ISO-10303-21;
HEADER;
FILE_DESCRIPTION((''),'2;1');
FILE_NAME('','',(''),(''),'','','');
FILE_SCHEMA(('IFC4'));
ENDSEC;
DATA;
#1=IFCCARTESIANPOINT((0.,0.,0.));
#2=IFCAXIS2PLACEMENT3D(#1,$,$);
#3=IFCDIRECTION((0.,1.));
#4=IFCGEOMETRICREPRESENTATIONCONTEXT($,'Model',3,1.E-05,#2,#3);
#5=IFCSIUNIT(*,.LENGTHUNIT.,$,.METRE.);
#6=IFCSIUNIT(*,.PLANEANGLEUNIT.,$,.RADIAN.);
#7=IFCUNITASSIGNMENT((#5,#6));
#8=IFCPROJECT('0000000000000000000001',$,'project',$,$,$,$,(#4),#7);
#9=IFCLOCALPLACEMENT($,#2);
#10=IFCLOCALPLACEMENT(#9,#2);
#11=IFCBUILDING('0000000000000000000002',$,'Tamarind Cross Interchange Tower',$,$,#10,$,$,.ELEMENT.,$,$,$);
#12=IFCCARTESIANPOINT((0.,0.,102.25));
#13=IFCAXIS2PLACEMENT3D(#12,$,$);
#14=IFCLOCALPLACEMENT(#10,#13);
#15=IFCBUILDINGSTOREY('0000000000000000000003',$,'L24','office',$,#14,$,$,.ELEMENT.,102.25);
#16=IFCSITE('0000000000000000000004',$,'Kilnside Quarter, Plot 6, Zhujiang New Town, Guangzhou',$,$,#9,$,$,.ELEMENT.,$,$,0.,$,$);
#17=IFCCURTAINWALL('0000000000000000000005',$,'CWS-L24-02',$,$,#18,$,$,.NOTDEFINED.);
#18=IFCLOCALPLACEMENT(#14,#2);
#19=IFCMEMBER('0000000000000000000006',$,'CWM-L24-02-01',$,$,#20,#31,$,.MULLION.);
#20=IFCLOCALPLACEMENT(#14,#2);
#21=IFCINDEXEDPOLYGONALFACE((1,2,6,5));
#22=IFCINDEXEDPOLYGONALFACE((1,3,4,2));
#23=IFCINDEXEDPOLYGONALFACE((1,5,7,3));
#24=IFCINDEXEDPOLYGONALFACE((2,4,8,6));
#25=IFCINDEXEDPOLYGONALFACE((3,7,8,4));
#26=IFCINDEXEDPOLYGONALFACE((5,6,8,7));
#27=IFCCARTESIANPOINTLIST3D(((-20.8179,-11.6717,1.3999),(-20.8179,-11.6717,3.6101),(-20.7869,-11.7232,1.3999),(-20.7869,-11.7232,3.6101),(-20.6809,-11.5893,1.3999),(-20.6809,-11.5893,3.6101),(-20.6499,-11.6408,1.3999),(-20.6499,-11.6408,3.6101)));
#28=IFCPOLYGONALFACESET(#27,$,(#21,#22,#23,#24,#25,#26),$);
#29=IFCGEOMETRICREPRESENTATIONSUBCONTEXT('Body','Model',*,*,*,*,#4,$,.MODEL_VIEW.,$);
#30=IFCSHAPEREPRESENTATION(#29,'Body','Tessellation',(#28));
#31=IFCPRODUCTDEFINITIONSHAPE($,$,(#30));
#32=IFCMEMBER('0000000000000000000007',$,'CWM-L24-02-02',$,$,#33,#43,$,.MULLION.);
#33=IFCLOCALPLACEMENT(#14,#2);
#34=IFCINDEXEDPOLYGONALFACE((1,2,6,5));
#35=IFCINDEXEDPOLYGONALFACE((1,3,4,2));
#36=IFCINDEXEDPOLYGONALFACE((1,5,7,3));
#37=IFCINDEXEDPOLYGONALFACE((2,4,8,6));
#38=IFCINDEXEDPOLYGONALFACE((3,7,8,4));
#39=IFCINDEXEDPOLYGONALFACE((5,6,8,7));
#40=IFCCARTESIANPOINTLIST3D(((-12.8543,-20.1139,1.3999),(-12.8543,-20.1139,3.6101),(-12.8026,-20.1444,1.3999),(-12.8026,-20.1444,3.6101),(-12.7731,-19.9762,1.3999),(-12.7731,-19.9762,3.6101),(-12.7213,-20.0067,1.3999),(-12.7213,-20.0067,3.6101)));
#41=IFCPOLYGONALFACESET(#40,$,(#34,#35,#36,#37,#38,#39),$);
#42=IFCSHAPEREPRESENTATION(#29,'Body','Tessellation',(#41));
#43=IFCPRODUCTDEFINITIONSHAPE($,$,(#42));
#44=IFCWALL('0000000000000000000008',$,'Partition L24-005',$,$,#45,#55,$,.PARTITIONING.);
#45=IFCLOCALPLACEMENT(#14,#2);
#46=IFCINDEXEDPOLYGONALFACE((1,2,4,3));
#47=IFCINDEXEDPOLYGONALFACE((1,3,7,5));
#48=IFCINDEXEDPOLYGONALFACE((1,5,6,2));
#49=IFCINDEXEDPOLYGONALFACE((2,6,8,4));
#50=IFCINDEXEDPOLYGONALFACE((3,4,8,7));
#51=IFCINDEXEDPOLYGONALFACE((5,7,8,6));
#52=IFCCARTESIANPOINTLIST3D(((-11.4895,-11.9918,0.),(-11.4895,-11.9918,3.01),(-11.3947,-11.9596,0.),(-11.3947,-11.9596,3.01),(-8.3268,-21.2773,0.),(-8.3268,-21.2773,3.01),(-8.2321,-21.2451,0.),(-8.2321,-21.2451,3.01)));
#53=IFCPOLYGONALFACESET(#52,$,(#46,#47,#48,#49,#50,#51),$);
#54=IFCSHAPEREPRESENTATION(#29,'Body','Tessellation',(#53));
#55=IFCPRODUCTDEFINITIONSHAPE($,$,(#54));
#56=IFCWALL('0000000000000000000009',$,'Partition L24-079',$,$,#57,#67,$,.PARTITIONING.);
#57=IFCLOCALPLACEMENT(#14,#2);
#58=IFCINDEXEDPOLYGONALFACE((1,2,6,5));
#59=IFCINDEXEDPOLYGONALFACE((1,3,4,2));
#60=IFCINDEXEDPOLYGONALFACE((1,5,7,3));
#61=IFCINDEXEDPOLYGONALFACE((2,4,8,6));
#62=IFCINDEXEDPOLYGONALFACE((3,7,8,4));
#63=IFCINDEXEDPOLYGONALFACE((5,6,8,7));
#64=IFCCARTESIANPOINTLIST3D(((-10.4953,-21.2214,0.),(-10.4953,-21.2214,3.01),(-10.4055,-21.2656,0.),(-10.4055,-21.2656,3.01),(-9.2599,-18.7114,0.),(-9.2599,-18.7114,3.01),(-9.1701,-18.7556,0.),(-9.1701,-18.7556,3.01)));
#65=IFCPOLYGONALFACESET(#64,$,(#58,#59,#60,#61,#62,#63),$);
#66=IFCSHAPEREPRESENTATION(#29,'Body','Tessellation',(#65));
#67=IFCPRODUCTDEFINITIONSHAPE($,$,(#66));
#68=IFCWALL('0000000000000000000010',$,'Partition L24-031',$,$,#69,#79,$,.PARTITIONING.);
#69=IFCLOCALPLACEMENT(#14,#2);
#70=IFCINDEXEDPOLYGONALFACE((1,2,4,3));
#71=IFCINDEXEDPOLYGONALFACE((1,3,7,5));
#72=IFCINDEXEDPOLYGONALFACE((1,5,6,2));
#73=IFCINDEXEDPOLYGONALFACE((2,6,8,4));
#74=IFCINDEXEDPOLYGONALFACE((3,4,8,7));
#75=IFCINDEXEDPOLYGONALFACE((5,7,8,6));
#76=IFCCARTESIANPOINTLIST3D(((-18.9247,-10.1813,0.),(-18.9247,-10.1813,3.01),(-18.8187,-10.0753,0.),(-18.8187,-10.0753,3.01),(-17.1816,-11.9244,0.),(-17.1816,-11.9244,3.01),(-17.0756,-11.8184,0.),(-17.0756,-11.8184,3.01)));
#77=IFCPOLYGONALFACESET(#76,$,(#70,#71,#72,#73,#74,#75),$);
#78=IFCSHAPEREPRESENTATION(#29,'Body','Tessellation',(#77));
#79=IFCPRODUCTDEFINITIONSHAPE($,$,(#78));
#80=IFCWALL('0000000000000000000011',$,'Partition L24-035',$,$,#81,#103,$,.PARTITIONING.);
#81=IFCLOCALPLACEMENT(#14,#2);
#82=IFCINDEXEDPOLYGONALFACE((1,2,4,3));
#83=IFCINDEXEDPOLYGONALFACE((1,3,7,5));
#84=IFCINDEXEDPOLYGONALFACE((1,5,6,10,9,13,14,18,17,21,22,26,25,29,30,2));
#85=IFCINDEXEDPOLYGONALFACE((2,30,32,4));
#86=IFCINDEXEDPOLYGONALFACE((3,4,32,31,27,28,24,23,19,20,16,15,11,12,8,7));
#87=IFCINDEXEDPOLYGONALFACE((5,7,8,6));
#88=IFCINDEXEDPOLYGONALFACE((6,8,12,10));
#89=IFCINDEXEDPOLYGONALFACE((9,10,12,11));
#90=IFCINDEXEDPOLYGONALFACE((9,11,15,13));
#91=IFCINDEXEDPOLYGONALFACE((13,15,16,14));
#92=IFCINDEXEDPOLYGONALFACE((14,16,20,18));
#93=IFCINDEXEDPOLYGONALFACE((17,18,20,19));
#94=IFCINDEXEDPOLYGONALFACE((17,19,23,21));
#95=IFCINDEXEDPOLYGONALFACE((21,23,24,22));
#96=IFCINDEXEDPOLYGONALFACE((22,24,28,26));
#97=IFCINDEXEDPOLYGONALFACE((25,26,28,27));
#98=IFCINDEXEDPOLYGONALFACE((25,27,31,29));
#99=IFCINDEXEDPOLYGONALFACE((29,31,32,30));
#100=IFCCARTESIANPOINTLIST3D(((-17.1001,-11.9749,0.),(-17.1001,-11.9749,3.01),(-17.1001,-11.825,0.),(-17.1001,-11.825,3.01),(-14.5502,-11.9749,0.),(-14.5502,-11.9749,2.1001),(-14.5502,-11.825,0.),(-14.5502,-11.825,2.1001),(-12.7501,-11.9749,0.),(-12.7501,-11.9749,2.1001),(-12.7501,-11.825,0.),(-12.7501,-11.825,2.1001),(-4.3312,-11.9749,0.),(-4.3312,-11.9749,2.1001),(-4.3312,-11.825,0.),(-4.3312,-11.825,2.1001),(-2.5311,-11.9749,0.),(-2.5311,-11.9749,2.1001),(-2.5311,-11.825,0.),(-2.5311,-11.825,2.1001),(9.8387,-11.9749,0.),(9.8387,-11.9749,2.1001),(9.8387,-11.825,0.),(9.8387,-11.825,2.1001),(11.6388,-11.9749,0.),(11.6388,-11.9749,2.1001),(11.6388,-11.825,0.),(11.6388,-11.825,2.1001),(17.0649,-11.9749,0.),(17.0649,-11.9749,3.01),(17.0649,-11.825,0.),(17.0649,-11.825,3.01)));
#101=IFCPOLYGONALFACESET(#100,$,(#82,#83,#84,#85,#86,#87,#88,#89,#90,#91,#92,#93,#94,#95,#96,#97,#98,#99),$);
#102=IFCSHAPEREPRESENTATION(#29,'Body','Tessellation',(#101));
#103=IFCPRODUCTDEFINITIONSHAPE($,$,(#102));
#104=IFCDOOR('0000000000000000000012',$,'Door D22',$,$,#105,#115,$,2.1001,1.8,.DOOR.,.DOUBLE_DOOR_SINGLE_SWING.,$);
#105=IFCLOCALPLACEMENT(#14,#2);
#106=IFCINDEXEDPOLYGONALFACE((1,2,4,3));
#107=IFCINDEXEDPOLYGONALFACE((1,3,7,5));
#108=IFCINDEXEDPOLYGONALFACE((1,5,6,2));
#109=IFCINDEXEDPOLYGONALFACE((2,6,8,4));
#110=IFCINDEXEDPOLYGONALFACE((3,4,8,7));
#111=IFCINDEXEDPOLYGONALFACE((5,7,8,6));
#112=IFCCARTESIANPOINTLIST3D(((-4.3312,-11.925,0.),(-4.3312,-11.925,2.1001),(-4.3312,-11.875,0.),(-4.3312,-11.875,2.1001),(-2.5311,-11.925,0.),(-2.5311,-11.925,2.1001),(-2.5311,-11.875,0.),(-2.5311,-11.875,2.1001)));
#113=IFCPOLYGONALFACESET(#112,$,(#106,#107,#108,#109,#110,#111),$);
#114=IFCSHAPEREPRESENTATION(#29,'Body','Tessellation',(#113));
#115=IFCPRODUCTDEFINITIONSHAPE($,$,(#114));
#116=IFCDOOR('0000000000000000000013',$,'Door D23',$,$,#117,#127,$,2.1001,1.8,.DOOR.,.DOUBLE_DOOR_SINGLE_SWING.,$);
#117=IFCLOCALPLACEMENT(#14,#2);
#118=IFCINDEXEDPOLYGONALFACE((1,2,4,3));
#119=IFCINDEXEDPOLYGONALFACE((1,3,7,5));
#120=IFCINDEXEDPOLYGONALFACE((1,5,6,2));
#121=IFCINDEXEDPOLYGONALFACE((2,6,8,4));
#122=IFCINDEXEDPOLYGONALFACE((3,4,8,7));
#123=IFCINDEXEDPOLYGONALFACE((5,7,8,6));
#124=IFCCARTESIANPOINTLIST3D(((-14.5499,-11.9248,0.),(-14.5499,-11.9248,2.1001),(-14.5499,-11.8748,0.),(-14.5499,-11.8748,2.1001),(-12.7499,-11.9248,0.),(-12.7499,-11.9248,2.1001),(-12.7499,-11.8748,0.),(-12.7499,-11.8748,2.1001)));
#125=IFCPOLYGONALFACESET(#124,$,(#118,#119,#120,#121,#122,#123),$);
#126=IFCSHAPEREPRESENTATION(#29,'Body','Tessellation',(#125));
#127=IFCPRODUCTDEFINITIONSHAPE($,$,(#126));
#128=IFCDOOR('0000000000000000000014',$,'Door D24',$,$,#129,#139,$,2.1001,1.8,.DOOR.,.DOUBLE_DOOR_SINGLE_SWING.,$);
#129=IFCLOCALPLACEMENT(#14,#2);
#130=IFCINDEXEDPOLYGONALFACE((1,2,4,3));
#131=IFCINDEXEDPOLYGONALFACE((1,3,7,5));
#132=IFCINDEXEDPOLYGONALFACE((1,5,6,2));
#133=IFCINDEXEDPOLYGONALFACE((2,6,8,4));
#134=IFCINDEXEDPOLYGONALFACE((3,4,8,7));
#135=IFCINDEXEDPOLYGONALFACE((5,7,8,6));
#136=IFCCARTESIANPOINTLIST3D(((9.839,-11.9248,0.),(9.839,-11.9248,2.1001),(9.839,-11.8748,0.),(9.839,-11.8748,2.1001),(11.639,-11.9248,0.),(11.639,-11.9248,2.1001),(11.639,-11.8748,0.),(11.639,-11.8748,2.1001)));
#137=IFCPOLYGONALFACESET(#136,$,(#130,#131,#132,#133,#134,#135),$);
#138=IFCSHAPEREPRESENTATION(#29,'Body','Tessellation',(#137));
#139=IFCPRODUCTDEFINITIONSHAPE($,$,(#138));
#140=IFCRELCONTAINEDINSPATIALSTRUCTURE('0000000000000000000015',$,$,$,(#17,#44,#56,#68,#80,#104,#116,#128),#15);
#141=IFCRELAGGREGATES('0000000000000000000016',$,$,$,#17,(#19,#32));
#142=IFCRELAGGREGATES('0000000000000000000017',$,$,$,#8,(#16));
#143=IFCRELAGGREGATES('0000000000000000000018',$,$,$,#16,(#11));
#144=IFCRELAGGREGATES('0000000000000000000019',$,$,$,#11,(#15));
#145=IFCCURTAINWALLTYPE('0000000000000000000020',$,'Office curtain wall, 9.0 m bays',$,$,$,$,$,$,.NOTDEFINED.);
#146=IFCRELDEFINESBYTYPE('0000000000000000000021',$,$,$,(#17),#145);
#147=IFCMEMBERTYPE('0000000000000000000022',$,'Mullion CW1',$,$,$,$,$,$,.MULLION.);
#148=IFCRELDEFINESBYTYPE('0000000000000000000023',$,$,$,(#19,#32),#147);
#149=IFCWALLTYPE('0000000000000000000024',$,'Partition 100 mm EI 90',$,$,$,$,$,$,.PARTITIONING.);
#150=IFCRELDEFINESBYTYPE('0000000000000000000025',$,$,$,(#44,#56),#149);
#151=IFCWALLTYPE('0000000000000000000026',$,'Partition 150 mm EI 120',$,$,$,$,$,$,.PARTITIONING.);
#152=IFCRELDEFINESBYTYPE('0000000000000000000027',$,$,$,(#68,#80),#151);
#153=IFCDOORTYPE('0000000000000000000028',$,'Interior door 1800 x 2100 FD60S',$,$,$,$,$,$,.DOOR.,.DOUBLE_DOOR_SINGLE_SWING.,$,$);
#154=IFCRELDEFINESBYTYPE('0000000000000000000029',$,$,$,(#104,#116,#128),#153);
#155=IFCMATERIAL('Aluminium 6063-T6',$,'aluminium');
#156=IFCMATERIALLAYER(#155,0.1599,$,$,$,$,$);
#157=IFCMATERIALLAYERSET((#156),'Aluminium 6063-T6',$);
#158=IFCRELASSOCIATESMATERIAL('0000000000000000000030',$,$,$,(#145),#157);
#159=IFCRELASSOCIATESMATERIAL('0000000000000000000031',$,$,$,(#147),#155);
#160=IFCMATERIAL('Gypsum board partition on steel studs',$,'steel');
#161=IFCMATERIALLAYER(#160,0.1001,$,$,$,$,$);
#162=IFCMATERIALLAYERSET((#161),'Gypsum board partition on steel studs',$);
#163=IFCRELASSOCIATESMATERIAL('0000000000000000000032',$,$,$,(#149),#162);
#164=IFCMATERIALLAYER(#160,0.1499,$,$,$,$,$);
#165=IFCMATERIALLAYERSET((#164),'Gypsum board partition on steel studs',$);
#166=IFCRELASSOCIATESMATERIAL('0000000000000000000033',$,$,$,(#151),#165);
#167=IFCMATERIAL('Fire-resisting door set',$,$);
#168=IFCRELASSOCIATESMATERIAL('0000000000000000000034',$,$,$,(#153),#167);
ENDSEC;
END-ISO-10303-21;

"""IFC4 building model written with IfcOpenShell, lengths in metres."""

from ifc_helpers import new_model, si_unit, direction, frame, frame_2d, origin, origin_2d, place, context, subcontext, project, spatial, rectangle, extrude, material, layer, layer_set, material_profile, profile_set, type_object, element, fill, aggregate, save


model = new_model("IFC4")

# Units and contexts
model_context = context("Model", 3, precision=1e-05, world=origin(), true_north=direction((0.0, 1.0)))
body_context = subcontext(model_context, "Body", "Model", "MODEL_VIEW")
ifc_project = project(units=[si_unit("LENGTHUNIT", "METRE"), si_unit("PLANEANGLEUNIT", "RADIAN")], contexts=[model_context])

# Site, building, storey
site_placement = place(None, origin())
site = spatial("IfcSite", under=ifc_project, at=site_placement, Name="Kilnside Quarter, Plot 6, Zhujiang New Town, Guangzhou", CompositionType="ELEMENT", RefElevation=0.0)
building_placement = place(site_placement, origin())
building = spatial("IfcBuilding", under=site, at=building_placement, Name="Tamarind Cross Interchange Tower", CompositionType="ELEMENT")
storey_placement = place(building_placement, frame((0.0, 0.0, 102.25)))
storey = spatial("IfcBuildingStorey", under=building, at=storey_placement, Name="L24", Description="office", CompositionType="ELEMENT", Elevation=102.25)

# Curtain wall, members
ifc_material_1 = material(Name="Aluminium 6063-T6", Category="aluminium")
ifc_layer_1 = layer(ifc_material_1, 0.1599)
ifc_layer_set_1 = layer_set([ifc_layer_1], Name="Aluminium 6063-T6")
curtain_wall_type = type_object("IfcCurtainWallType", Name="Office curtain wall, 9.0 m bays", PredefinedType="NOTDEFINED", material=ifc_layer_set_1)
curtain_wall_placement = place(storey_placement, origin())
curtain_wall = element("IfcCurtainWall", 1, at=curtain_wall_placement, inside=storey, type_object=curtain_wall_type, Name="CWS-L24-02", PredefinedType="NOTDEFINED")
ifc_material_profile_1 = material_profile(ifc_material_1, rectangle(XDim=0.0601, YDim=0.1599, at=origin_2d()), Name="Mullion CW1")
ifc_profile_set_1 = profile_set([ifc_material_profile_1], Name="Aluminium 6063-T6")
member_type = type_object("IfcMemberType", Name="Mullion CW1", PredefinedType="MULLION", material=ifc_profile_set_1)
member_1_placement = place(storey_placement, frame((-20.7339, -11.6562, 1.3999), z_axis=(0.0, 0.0, 1.0), x_axis=(0.515577, -0.856843, 0.0)))
member_1 = element("IfcMember", 2, at=member_1_placement, type_object=member_type, Name="CWM-L24-02-01", PredefinedType="MULLION", context=body_context, shape_type="SweptSolid", body=[
    extrude(rectangle(XDim=0.0601, YDim=0.1599, at=origin_2d()), origin(), (0.0, 0.0, 1.0), 2.2102),
])
member_2_placement = place(storey_placement, frame((-12.7878, -20.0603, 1.3999), z_axis=(0.0, 0.0, 1.0), x_axis=(0.861249, -0.508183, 0.0)))
member_2 = element("IfcMember", 3, at=member_2_placement, type_object=member_type, Name="CWM-L24-02-02", PredefinedType="MULLION", context=body_context, shape_type="SweptSolid", body=[
    extrude(rectangle(XDim=0.0601, YDim=0.1599, at=origin_2d()), origin(), (0.0, 0.0, 1.0), 2.2102),
])
aggregate(curtain_wall, [member_1, member_2])

# Walls
ifc_material_2 = material(Name="Gypsum board partition on steel studs", Category="steel")
ifc_layer_2 = layer(ifc_material_2, 0.1001)
ifc_layer_set_2 = layer_set([ifc_layer_2], Name="Gypsum board partition on steel studs")
wall_type_1 = type_object("IfcWallType", Name="Partition 100 mm EI 90", PredefinedType="PARTITIONING", material=ifc_layer_set_2)
wall_1_placement = place(storey_placement, frame((-11.4421, -11.9756, 0.0), z_axis=(0.0, 0.0, 1.0), x_axis=(0.322411, -0.9466, 0.0)))
element("IfcWall", 4, at=wall_1_placement, inside=storey, type_object=wall_type_1, Name="Partition L24-005", PredefinedType="PARTITIONING", context=body_context, shape_type="SweptSolid", body=[
    extrude(rectangle(XDim=9.8093, YDim=0.1001, at=frame_2d((4.9048, 0.0))), origin(), (0.0, 0.0, 1.0), 3.01),
])
wall_2_placement = place(storey_placement, frame((-10.4504, -21.2437, 0.0), z_axis=(0.0, 0.0, 1.0), x_axis=(0.441585, 0.89722, 0.0)))
element("IfcWall", 5, at=wall_2_placement, inside=storey, type_object=wall_type_1, Name="Partition L24-079", PredefinedType="PARTITIONING", context=body_context, shape_type="SweptSolid", body=[
    extrude(rectangle(XDim=2.7976, YDim=0.1001, at=frame_2d((1.3989, 0.0))), origin(), (0.0, 0.0, 1.0), 3.01),
])
ifc_layer_3 = layer(ifc_material_2, 0.1499)
ifc_layer_set_3 = layer_set([ifc_layer_3], Name="Gypsum board partition on steel studs")
wall_type_2 = type_object("IfcWallType", Name="Partition 150 mm EI 120", PredefinedType="PARTITIONING", material=ifc_layer_set_3)
wall_3_placement = place(storey_placement, frame((-18.8716, -10.1284, 0.0), z_axis=(0.0, 0.0, 1.0), x_axis=(0.707107, -0.707107, 0.0)))
element("IfcWall", 6, at=wall_3_placement, inside=storey, type_object=wall_type_2, Name="Partition L24-031", PredefinedType="PARTITIONING", context=body_context, shape_type="SweptSolid", body=[
    extrude(rectangle(XDim=2.4651, YDim=0.1499, at=frame_2d((1.2324, 0.0))), origin(), (0.0, 0.0, 1.0), 3.01),
])

# Wall, openings, doors
wall_4_placement = place(storey_placement, frame((-17.1001, -11.8999, 0.0), z_axis=(0.0, 0.0, 1.0), x_axis=(1.0, 0.0, 0.0)))
wall_4 = element("IfcWall", 7, at=wall_4_placement, inside=storey, type_object=wall_type_2, Name="Partition L24-035", PredefinedType="PARTITIONING", context=body_context, shape_type="SweptSolid", body=[
    extrude(rectangle(XDim=34.165, YDim=0.1499, at=frame_2d((17.0825, 0.0))), origin(), (0.0, 0.0, 1.0), 3.01),
])
opening_1_placement = place(wall_4_placement, frame((12.769, 0.0, 0.0)))
opening_1 = element("IfcOpeningElement", 8, at=opening_1_placement, cuts=wall_4, PredefinedType="OPENING", context=body_context, shape_type="SweptSolid", body=[
    extrude(rectangle(XDim=1.8, YDim=2.1001, at=frame_2d((0.8999, 1.05))), frame((0.0, 0.085, 0.0), z_axis=(0.0, -1.0, 0.0), x_axis=(1.0, 0.0, 0.0)), (0.0, 0.0, 1.0), 0.1699),
])
opening_2_placement = place(wall_4_placement, frame((2.55, 0.0, 0.0)))
opening_2 = element("IfcOpeningElement", 9, at=opening_2_placement, cuts=wall_4, PredefinedType="OPENING", context=body_context, shape_type="SweptSolid", body=[
    extrude(rectangle(XDim=1.8, YDim=2.1001, at=frame_2d((0.8999, 1.05))), frame((0.0, 0.085, 0.0), z_axis=(0.0, -1.0, 0.0), x_axis=(1.0, 0.0, 0.0)), (0.0, 0.0, 1.0), 0.1699),
])
opening_3_placement = place(wall_4_placement, frame((26.939, 0.0, 0.0)))
opening_3 = element("IfcOpeningElement", 10, at=opening_3_placement, cuts=wall_4, PredefinedType="OPENING", context=body_context, shape_type="SweptSolid", body=[
    extrude(rectangle(XDim=1.8, YDim=2.1001, at=frame_2d((0.8999, 1.05))), frame((0.0, 0.085, 0.0), z_axis=(0.0, -1.0, 0.0), x_axis=(1.0, 0.0, 0.0)), (0.0, 0.0, 1.0), 0.1699),
])
ifc_material_3 = material(Name="Fire-resisting door set")
door_type = type_object("IfcDoorType", Name="Interior door 1800 x 2100 FD60S", OperationType="DOUBLE_DOOR_SINGLE_SWING", PredefinedType="DOOR", material=ifc_material_3)
door_1_placement = place(opening_1_placement, origin())
door_1 = element("IfcDoor", 11, at=door_1_placement, inside=storey, type_object=door_type, Name="Door D22", OperationType="DOUBLE_DOOR_SINGLE_SWING", OverallHeight=2.1001, OverallWidth=1.8, PredefinedType="DOOR", context=body_context, shape_type="SweptSolid", body=[
    extrude(rectangle(XDim=1.8, YDim=2.1001, at=frame_2d((0.8999, 1.05))), frame((0.0, 0.0249, 0.0), z_axis=(0.0, -1.0, 0.0), x_axis=(1.0, 0.0, 0.0)), (0.0, 0.0, 1.0), 0.05),
])
fill(opening_1, door_1)
door_2_placement = place(opening_2_placement, frame((1.8, 0.0, 0.0), z_axis=(0.0, 0.0, 1.0), x_axis=(-1.0, 0.0, 0.0)))
door_2 = element("IfcDoor", 12, at=door_2_placement, inside=storey, type_object=door_type, Name="Door D23", OperationType="DOUBLE_DOOR_SINGLE_SWING", OverallHeight=2.1001, OverallWidth=1.8, PredefinedType="DOOR", context=body_context, shape_type="SweptSolid", body=[
    extrude(rectangle(XDim=1.8, YDim=2.1001, at=frame_2d((0.8999, 1.05))), frame((0.0, 0.0249, 0.0), z_axis=(0.0, -1.0, 0.0), x_axis=(1.0, 0.0, 0.0)), (0.0, 0.0, 1.0), 0.05),
])
fill(opening_2, door_2)
door_3_placement = place(opening_3_placement, frame((1.8, 0.0, 0.0), z_axis=(0.0, 0.0, 1.0), x_axis=(-1.0, 0.0, 0.0)))
door_3 = element("IfcDoor", 13, at=door_3_placement, inside=storey, type_object=door_type, Name="Door D24", OperationType="DOUBLE_DOOR_SINGLE_SWING", OverallHeight=2.1001, OverallWidth=1.8, PredefinedType="DOOR", context=body_context, shape_type="SweptSolid", body=[
    extrude(rectangle(XDim=1.8, YDim=2.1001, at=frame_2d((0.8999, 1.05))), frame((0.0, 0.0249, 0.0), z_axis=(0.0, -1.0, 0.0), x_axis=(1.0, 0.0, 0.0)), (0.0, 0.0, 1.0), 0.05),
])
fill(opening_3, door_3)

save(model, "model.ifc")
